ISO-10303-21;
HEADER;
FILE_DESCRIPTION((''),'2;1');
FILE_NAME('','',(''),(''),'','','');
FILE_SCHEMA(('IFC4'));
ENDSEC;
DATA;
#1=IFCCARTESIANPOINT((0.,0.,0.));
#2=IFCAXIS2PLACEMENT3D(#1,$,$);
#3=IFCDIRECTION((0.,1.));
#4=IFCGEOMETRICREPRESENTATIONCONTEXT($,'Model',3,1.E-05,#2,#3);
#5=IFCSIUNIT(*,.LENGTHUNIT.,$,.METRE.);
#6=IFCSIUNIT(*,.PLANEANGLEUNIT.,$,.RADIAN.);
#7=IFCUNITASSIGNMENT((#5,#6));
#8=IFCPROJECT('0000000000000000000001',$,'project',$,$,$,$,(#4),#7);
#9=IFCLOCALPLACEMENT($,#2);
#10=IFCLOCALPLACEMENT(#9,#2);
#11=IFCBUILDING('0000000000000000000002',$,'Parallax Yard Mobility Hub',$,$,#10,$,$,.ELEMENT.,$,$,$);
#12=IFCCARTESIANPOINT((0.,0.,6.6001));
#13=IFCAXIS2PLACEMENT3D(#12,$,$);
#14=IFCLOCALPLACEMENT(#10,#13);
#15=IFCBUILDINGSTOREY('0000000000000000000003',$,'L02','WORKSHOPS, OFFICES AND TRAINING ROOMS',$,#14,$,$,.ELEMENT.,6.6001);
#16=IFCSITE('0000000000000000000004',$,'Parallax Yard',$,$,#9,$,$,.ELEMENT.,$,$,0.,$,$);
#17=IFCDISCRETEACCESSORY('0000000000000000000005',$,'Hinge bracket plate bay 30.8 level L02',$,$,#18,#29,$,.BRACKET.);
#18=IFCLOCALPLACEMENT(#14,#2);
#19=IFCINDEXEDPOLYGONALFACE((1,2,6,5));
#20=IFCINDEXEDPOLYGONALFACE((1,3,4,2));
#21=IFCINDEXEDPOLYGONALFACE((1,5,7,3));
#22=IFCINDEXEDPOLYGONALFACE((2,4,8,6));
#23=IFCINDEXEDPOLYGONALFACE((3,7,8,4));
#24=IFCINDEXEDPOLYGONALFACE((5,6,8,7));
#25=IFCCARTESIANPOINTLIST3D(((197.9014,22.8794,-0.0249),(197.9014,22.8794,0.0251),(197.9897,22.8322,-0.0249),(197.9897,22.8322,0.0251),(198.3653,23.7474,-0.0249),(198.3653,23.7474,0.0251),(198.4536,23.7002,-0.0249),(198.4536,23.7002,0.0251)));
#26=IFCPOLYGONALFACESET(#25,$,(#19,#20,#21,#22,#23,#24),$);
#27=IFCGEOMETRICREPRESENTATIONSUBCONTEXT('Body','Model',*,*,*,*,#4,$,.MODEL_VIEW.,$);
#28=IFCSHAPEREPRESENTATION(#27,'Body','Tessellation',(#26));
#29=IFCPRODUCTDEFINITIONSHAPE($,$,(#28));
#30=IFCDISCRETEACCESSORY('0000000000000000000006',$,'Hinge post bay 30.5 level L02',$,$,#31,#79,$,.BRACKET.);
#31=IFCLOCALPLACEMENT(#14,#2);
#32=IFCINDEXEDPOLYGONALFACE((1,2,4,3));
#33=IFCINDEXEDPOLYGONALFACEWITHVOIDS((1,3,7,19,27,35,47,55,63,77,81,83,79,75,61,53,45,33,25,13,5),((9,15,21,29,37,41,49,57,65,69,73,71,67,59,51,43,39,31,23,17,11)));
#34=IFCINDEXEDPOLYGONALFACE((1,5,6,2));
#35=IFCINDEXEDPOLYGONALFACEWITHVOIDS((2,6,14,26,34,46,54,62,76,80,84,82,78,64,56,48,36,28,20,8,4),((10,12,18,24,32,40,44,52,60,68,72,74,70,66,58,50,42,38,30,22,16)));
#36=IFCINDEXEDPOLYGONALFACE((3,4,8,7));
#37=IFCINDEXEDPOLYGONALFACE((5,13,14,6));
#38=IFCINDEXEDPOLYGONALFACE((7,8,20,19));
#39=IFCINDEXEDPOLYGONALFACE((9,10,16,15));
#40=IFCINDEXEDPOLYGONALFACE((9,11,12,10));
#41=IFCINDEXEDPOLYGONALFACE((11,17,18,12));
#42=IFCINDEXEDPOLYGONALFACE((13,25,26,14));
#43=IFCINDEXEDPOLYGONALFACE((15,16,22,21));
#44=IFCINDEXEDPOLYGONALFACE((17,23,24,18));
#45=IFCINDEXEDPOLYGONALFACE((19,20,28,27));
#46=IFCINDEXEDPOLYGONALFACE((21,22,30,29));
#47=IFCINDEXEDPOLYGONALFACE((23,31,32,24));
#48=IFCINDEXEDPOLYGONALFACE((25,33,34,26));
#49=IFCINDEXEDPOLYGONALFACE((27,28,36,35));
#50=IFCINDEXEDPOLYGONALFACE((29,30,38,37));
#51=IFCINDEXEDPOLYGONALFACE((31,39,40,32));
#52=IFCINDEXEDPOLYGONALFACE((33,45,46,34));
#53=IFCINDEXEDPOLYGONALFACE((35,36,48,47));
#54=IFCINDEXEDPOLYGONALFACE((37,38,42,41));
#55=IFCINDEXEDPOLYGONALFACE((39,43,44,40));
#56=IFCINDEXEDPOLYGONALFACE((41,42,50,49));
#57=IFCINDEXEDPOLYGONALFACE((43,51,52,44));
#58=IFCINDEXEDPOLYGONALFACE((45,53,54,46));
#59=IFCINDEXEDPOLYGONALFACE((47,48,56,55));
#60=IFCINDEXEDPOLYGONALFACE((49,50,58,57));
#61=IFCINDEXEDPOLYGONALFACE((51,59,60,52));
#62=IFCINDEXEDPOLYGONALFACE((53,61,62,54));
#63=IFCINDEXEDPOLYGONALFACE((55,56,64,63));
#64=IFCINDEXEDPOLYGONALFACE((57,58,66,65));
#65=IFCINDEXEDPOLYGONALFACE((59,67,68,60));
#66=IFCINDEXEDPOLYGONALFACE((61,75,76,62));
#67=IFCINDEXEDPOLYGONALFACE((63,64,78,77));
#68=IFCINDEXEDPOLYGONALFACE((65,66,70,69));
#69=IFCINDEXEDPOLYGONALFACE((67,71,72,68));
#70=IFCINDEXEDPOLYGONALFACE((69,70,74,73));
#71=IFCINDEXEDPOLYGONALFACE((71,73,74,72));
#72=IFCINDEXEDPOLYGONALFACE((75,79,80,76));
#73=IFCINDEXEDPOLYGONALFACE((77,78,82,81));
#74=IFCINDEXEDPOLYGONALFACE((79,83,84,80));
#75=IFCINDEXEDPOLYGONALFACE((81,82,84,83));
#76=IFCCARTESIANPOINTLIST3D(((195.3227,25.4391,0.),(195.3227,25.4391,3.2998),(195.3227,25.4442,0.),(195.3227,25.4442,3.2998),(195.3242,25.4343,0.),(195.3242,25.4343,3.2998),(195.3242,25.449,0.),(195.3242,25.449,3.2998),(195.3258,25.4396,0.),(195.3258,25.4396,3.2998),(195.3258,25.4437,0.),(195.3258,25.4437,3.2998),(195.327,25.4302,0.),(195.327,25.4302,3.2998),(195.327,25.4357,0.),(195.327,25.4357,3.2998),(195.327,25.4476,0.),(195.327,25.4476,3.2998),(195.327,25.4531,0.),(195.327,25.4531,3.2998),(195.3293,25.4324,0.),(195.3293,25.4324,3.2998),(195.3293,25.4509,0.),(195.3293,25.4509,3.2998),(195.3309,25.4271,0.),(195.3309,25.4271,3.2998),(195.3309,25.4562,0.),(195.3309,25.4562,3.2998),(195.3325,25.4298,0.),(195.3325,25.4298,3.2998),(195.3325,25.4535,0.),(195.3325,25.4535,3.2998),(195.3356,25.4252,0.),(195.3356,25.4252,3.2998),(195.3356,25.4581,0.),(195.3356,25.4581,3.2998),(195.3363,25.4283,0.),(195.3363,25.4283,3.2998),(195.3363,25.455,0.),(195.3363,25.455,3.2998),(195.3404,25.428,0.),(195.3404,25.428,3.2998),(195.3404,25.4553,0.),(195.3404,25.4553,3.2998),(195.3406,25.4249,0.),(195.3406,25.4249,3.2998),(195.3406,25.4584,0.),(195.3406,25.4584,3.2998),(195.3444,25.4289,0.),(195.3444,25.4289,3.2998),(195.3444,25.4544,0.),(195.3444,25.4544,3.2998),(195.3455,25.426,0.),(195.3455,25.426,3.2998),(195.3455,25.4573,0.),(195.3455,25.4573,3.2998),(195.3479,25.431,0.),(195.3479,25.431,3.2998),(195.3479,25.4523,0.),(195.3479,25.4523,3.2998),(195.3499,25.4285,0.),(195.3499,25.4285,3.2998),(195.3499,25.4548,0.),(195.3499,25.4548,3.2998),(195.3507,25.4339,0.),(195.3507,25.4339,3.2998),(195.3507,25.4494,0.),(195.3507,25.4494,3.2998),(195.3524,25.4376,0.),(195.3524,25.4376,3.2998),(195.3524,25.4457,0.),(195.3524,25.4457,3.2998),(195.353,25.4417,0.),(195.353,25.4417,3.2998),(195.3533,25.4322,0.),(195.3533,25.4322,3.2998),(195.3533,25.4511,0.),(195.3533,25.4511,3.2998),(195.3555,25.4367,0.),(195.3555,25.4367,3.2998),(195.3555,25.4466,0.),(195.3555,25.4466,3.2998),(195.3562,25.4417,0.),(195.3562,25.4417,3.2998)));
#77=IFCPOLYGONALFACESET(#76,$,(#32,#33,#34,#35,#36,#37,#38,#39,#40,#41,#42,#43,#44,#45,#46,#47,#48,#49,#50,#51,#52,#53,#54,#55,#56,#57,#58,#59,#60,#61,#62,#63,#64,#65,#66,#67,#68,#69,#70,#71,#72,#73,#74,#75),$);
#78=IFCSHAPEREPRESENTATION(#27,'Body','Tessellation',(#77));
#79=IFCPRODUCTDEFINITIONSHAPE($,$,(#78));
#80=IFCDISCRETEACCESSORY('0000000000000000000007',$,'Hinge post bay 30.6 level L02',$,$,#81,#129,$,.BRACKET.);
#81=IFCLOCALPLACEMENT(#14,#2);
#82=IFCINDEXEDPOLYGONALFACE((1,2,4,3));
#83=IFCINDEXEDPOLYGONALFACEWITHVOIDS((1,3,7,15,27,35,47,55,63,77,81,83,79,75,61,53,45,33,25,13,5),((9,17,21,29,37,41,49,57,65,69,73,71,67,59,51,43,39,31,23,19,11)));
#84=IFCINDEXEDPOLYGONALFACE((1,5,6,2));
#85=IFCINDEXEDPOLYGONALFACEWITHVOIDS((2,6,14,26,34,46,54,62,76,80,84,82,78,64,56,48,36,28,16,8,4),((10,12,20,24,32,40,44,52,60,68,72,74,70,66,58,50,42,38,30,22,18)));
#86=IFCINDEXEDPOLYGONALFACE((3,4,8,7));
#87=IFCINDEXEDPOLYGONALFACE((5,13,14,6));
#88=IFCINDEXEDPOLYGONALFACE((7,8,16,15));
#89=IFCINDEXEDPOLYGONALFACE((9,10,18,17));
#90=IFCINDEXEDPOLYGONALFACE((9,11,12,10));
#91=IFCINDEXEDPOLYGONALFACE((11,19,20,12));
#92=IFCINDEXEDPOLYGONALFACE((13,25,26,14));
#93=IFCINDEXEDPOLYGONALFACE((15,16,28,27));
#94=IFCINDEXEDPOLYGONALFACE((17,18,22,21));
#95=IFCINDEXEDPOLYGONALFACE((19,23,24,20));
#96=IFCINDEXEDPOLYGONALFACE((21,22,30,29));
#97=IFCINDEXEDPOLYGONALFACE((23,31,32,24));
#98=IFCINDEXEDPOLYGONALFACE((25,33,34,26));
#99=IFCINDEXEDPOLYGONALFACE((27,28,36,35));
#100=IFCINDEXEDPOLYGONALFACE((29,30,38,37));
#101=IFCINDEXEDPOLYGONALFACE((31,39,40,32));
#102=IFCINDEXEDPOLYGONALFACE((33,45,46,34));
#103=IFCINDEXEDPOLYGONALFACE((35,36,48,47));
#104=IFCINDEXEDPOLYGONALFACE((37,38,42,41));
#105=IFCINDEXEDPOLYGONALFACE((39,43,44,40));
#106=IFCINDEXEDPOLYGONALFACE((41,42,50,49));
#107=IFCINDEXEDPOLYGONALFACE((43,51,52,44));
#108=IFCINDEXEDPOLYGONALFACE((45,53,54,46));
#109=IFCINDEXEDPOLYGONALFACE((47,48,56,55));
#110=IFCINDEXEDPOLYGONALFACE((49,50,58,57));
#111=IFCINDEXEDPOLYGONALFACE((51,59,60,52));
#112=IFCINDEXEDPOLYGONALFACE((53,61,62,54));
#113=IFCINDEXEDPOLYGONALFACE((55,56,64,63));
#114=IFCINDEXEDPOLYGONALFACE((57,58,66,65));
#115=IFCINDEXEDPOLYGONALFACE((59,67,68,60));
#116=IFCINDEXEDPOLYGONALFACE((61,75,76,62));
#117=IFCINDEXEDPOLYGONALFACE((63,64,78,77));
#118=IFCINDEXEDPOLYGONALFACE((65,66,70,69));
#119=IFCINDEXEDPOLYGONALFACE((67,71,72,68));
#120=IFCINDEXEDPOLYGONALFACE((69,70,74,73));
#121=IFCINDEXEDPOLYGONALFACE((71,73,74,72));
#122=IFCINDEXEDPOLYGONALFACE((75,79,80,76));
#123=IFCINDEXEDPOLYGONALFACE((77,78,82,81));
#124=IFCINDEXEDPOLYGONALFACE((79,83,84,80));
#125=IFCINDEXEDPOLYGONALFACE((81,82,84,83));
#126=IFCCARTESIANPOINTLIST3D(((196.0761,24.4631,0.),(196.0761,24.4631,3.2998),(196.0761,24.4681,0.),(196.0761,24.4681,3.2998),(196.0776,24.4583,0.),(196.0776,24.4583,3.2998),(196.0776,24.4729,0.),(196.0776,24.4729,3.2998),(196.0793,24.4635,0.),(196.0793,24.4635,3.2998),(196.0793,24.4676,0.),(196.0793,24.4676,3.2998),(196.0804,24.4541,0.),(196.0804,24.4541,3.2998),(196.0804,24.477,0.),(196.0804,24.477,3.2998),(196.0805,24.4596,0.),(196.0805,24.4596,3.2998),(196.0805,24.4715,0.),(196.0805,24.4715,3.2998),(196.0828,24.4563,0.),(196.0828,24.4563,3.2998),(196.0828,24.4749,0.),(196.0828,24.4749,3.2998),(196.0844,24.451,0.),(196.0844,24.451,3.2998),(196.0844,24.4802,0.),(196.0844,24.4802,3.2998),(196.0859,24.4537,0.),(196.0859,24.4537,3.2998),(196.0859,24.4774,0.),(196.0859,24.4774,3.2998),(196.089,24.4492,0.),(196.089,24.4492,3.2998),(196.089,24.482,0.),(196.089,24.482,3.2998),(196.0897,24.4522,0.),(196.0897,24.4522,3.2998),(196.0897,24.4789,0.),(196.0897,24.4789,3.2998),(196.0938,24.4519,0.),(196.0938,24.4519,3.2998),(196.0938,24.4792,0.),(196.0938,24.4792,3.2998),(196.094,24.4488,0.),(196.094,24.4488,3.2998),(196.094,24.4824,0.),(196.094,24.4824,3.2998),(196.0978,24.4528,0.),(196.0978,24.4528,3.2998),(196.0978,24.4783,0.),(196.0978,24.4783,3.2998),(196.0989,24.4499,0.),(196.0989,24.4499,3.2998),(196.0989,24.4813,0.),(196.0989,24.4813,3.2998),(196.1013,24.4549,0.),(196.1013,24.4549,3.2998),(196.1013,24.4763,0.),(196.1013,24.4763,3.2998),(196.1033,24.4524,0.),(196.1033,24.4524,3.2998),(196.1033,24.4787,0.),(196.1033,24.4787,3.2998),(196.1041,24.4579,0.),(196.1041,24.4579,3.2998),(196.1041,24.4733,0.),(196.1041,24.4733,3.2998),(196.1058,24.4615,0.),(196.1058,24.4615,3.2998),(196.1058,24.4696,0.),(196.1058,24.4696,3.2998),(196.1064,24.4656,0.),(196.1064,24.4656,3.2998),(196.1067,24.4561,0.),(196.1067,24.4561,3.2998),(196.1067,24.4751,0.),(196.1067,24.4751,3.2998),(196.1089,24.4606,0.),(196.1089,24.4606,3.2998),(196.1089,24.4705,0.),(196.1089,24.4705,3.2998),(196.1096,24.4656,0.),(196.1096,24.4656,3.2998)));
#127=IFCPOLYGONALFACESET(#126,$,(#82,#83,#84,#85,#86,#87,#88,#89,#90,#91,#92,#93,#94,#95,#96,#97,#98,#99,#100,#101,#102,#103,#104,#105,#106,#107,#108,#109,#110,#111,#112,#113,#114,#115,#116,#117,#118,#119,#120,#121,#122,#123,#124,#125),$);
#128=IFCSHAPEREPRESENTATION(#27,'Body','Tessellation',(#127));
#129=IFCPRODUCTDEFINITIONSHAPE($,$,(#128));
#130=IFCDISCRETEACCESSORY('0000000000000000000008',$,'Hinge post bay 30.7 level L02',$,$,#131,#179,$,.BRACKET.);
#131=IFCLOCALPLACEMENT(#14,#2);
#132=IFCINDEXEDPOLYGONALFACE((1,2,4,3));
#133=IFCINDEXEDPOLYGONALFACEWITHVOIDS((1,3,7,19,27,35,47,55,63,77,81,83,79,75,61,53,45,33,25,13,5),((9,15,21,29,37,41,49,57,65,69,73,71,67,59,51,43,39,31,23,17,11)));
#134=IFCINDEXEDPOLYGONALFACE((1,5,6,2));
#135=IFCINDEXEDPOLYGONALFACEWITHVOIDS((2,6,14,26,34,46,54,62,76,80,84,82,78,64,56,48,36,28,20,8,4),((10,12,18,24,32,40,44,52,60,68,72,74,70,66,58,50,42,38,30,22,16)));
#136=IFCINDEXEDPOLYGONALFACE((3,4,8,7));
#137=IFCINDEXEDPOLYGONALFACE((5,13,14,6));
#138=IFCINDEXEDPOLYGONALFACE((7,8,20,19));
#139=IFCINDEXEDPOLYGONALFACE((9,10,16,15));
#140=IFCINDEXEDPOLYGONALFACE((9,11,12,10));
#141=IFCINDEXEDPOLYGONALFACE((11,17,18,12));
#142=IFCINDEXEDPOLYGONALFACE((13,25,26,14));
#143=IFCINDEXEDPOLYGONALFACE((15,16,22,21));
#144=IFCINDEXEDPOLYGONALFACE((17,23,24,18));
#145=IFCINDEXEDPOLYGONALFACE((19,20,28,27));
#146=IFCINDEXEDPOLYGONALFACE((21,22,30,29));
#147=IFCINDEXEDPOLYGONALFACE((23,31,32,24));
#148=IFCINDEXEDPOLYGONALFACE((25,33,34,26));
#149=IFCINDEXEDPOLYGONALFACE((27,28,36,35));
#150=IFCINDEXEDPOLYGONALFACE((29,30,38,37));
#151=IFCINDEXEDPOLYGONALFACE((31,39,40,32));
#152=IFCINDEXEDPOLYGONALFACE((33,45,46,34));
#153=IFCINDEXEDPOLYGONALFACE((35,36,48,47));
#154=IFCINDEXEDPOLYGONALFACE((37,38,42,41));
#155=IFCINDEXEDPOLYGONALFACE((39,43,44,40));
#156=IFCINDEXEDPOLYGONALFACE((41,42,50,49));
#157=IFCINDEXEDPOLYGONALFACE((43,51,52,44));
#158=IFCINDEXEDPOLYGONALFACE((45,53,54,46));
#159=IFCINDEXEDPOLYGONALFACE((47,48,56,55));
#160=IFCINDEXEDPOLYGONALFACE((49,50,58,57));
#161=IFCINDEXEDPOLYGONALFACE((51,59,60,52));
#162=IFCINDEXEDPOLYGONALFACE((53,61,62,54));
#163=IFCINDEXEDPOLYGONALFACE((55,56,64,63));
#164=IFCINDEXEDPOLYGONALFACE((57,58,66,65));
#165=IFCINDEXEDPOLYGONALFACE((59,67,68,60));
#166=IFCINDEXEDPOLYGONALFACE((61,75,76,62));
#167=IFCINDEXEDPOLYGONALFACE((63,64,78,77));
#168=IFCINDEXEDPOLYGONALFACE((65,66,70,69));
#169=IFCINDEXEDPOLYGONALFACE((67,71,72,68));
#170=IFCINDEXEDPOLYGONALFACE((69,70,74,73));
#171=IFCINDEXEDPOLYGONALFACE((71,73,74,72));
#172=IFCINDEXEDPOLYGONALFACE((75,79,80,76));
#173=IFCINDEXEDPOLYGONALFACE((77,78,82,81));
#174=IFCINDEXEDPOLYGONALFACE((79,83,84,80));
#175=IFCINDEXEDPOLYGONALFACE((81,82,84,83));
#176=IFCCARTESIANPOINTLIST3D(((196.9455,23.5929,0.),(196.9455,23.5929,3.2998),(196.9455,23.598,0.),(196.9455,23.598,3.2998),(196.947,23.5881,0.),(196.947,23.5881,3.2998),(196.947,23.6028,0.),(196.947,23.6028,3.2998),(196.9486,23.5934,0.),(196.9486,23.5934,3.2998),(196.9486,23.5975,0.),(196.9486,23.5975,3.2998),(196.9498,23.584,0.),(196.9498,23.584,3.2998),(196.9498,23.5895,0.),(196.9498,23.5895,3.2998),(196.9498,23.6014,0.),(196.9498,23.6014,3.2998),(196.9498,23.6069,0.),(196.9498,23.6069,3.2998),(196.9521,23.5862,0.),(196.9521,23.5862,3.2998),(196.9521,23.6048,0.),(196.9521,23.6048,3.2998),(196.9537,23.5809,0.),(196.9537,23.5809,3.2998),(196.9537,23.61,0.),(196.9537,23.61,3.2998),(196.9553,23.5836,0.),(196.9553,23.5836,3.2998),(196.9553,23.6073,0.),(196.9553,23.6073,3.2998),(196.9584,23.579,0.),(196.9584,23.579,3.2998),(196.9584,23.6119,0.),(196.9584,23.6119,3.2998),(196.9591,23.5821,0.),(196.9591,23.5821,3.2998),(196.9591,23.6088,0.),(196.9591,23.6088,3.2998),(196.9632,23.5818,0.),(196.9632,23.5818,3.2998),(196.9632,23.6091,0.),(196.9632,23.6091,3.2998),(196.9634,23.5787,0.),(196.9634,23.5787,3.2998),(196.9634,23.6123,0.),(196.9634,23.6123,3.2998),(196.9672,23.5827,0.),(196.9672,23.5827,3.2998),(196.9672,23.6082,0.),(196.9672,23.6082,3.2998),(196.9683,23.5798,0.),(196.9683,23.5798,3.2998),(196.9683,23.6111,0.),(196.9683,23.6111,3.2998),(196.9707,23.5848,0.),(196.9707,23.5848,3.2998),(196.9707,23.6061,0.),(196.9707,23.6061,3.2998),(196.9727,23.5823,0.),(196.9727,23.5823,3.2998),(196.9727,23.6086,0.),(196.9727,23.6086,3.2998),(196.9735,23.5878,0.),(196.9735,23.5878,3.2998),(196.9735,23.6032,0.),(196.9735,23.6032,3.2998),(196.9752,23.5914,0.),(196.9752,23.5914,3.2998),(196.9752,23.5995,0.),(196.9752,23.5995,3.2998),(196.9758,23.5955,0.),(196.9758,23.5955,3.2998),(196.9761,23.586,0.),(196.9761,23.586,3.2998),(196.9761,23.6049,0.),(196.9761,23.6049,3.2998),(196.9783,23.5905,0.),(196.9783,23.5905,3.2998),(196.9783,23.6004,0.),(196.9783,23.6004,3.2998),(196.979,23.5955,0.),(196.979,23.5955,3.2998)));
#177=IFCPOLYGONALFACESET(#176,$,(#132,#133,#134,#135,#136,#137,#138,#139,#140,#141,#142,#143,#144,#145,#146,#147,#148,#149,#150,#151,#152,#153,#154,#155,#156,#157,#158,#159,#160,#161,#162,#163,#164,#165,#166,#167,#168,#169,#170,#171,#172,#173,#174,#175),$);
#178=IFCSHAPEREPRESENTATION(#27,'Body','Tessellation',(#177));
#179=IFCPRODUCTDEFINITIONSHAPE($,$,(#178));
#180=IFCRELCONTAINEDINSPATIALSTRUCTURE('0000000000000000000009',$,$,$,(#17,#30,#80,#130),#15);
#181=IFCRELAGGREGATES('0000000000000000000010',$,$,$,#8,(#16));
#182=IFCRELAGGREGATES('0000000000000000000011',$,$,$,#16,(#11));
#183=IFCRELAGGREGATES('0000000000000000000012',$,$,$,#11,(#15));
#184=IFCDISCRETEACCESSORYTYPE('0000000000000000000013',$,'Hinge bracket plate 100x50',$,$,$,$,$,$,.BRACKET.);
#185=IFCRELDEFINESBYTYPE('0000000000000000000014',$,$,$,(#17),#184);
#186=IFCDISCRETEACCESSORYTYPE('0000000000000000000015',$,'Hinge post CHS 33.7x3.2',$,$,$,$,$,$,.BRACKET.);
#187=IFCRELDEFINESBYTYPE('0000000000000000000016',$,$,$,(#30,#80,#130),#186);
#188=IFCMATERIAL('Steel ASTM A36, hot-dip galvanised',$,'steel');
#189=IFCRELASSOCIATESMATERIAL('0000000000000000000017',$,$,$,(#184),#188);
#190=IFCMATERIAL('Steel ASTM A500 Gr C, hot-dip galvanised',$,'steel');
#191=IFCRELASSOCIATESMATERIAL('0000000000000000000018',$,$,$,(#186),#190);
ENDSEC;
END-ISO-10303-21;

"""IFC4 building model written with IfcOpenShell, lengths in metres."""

from ifc_helpers import new_model, si_unit, direction, frame, origin, origin_2d, place, context, subcontext, project, spatial, rectangle, hollow_circle, extrude, material, material_profile, profile_set, type_object, element, save


model = new_model("IFC4")

# Units and contexts
model_context = context("Model", 3, precision=1e-05, world=origin(), true_north=direction((0.0, 1.0)))
body_context = subcontext(model_context, "Body", "Model", "MODEL_VIEW")
ifc_project = project(units=[si_unit("LENGTHUNIT", "METRE"), si_unit("PLANEANGLEUNIT", "RADIAN")], contexts=[model_context])

# Site, building, storey
site_placement = place(None, origin())
site = spatial("IfcSite", under=ifc_project, at=site_placement, Name="Parallax Yard", CompositionType="ELEMENT", RefElevation=0.0)
building_placement = place(site_placement, origin())
building = spatial("IfcBuilding", under=site, at=building_placement, Name="Parallax Yard Mobility Hub", CompositionType="ELEMENT")
storey_placement = place(building_placement, frame((0.0, 0.0, 6.6001)))
storey = spatial("IfcBuildingStorey", under=building, at=storey_placement, Name="L02", Description="WORKSHOPS, OFFICES AND TRAINING ROOMS", CompositionType="ELEMENT", Elevation=6.6001)

# Discrete accessories
ifc_material_1 = material(Name="Steel ASTM A36, hot-dip galvanised", Category="steel")
discrete_accessory_type_1 = type_object("IfcDiscreteAccessoryType", Name="Hinge bracket plate 100x50", PredefinedType="BRACKET", material=ifc_material_1)
for number, where, z_axis, x_axis, name in (
    (1, (198.1775, 23.2898, -0.0249), (0.0, 0.0, 1.0), (-0.471397, -0.881921, 0.0), "Hinge bracket plate bay 30.8 level L02"),
):
    element("IfcDiscreteAccessory", number, at=place(storey_placement, frame(where, z_axis=z_axis, x_axis=x_axis)), inside=storey, type_object=discrete_accessory_type_1, Name=name, PredefinedType="BRACKET", context=body_context, shape_type="SweptSolid", body=[
        extrude(rectangle(XDim=0.9841, YDim=0.1001, at=origin_2d()), origin(), (0.0, 0.0, 1.0), 0.05),
    ])
ifc_material_2 = material(Name="Steel ASTM A500 Gr C, hot-dip galvanised", Category="steel")
ifc_material_profile_1 = material_profile(ifc_material_2, hollow_circle(Radius=0.0168, WallThickness=0.0032, at=origin_2d()), Name="CHS 33.7x3.2")
ifc_profile_set_1 = profile_set([ifc_material_profile_1], Name="Steel ASTM A500 Gr C, hot-dip galvanised")
discrete_accessory_type_2 = type_object("IfcDiscreteAccessoryType", Name="Hinge post CHS 33.7x3.2", PredefinedType="BRACKET", material=ifc_profile_set_1)
for number, where, z_axis, x_axis, name in (
    (2, (195.3394, 25.4417, 0.0), (0.0, 0.0, 1.0), (1.0, 0.0, 0.0), "Hinge post bay 30.5 level L02"),
    (3, (196.0928, 24.4656, 0.0), (0.0, 0.0, 1.0), (1.0, 0.0, 0.0), "Hinge post bay 30.6 level L02"),
    (4, (196.9622, 23.5955, 0.0), (0.0, 0.0, 1.0), (1.0, 0.0, 0.0), "Hinge post bay 30.7 level L02"),
):
    element("IfcDiscreteAccessory", number, at=place(storey_placement, frame(where, z_axis=z_axis, x_axis=x_axis)), inside=storey, type_object=discrete_accessory_type_2, Name=name, PredefinedType="BRACKET", context=body_context, shape_type="SweptSolid", body=[
        extrude(hollow_circle(Radius=0.0168, WallThickness=0.0032, at=origin_2d()), origin(), (0.0, 0.0, 1.0), 3.2998),
    ])

save(model, "model.ifc")
